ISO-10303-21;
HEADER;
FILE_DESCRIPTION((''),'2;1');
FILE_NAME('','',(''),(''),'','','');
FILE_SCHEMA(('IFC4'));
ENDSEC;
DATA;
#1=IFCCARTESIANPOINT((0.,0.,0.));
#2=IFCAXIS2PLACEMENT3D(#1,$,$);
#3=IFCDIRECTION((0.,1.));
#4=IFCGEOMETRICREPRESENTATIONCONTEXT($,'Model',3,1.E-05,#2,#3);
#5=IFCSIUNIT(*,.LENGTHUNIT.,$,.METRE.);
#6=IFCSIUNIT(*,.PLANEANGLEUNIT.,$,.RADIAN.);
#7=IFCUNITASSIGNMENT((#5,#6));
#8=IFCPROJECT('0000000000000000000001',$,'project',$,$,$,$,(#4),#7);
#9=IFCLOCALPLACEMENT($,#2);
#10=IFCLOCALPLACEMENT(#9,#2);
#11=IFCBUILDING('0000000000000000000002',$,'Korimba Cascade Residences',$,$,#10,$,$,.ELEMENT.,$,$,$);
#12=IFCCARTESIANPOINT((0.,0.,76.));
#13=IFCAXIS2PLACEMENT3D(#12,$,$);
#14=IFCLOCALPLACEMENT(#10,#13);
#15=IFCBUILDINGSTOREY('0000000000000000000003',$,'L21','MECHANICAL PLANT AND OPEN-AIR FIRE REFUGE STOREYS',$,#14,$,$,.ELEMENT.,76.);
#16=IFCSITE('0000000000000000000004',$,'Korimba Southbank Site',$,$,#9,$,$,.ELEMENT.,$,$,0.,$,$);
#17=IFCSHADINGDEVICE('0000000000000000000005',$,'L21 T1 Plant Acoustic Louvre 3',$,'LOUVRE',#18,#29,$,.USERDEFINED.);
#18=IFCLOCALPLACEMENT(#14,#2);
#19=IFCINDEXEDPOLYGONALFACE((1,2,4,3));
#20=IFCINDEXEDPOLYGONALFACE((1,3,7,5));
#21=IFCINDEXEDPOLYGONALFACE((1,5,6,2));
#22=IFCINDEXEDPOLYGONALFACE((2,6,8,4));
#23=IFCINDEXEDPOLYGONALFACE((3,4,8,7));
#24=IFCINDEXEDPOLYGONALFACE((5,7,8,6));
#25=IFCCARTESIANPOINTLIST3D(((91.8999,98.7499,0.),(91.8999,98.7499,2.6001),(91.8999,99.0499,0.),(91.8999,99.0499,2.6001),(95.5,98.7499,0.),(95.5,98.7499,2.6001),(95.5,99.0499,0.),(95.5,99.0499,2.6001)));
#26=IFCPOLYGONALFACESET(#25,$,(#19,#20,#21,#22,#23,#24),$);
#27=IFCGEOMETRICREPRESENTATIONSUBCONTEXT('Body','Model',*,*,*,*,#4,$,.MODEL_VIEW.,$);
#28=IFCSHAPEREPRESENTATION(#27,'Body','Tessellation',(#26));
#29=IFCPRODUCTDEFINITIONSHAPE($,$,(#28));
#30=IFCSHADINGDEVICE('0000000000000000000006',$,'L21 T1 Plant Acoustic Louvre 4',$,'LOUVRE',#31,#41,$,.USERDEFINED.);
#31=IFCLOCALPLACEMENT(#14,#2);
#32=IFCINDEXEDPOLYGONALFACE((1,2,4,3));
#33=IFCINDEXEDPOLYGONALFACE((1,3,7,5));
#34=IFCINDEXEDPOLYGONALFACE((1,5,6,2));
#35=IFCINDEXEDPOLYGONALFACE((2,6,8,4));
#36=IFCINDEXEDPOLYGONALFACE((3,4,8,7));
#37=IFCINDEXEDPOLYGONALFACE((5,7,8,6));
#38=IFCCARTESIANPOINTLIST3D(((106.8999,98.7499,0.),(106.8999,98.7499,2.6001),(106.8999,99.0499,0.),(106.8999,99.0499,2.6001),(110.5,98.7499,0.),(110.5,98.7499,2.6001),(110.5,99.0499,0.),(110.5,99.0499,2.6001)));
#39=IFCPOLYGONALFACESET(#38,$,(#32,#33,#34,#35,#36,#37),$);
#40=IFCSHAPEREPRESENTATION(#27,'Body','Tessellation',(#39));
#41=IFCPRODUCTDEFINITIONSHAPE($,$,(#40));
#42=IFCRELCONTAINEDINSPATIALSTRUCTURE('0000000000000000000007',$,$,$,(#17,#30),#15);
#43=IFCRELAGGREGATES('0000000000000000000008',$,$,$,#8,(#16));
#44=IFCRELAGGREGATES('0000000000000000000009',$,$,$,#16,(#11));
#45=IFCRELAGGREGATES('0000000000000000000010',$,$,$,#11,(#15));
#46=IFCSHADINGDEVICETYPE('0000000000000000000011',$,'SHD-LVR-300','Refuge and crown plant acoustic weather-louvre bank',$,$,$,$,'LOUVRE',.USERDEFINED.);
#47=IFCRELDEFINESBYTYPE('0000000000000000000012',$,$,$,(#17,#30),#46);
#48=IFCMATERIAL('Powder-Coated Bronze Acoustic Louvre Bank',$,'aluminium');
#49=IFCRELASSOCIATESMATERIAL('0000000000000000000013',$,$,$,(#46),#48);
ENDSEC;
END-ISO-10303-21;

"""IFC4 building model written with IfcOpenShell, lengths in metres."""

from ifc_helpers import new_model, si_unit, direction, frame, origin, origin_2d, place, context, subcontext, project, spatial, rectangle, extrude, material, type_object, element, save


model = new_model("IFC4")

# Units and contexts
model_context = context("Model", 3, precision=1e-05, world=origin(), true_north=direction((0.0, 1.0)))
body_context = subcontext(model_context, "Body", "Model", "MODEL_VIEW")
ifc_project = project(units=[si_unit("LENGTHUNIT", "METRE"), si_unit("PLANEANGLEUNIT", "RADIAN")], contexts=[model_context])

# Site, building, storey
site_placement = place(None, origin())
site = spatial("IfcSite", under=ifc_project, at=site_placement, Name="Korimba Southbank Site", CompositionType="ELEMENT", RefElevation=0.0)
building_placement = place(site_placement, origin())
building = spatial("IfcBuilding", under=site, at=building_placement, Name="Korimba Cascade Residences", CompositionType="ELEMENT")
storey_placement = place(building_placement, frame((0.0, 0.0, 76.0)))
storey = spatial("IfcBuildingStorey", under=building, at=storey_placement, Name="L21", Description="MECHANICAL PLANT AND OPEN-AIR FIRE REFUGE STOREYS", CompositionType="ELEMENT", Elevation=76.0)

# Shading devices
ifc_material_1 = material(Name="Powder-Coated Bronze Acoustic Louvre Bank", Category="aluminium")
shading_device_type = type_object("IfcShadingDeviceType", Name="SHD-LVR-300", Description="Refuge and crown plant acoustic weather-louvre bank", ElementType="LOUVRE", PredefinedType="USERDEFINED", material=ifc_material_1)
for number, where, z_axis, x_axis, name in (
    (1, (93.7, 98.8999, 0.0), (0.0, 0.0, 1.0), (1.0, 0.0, 0.0), "L21 T1 Plant Acoustic Louvre 3"),
    (2, (108.7, 98.8999, 0.0), (0.0, 0.0, 1.0), (1.0, 0.0, 0.0), "L21 T1 Plant Acoustic Louvre 4"),
):
    element("IfcShadingDevice", number, at=place(storey_placement, frame(where, z_axis=z_axis, x_axis=x_axis)), inside=storey, type_object=shading_device_type, Name=name, ObjectType="LOUVRE", PredefinedType="USERDEFINED", context=body_context, shape_type="SweptSolid", body=[
        extrude(rectangle(XDim=3.6001, YDim=0.3, at=origin_2d()), origin(), (0.0, 0.0, 1.0), 2.6001),
    ])

save(model, "model.ifc")
